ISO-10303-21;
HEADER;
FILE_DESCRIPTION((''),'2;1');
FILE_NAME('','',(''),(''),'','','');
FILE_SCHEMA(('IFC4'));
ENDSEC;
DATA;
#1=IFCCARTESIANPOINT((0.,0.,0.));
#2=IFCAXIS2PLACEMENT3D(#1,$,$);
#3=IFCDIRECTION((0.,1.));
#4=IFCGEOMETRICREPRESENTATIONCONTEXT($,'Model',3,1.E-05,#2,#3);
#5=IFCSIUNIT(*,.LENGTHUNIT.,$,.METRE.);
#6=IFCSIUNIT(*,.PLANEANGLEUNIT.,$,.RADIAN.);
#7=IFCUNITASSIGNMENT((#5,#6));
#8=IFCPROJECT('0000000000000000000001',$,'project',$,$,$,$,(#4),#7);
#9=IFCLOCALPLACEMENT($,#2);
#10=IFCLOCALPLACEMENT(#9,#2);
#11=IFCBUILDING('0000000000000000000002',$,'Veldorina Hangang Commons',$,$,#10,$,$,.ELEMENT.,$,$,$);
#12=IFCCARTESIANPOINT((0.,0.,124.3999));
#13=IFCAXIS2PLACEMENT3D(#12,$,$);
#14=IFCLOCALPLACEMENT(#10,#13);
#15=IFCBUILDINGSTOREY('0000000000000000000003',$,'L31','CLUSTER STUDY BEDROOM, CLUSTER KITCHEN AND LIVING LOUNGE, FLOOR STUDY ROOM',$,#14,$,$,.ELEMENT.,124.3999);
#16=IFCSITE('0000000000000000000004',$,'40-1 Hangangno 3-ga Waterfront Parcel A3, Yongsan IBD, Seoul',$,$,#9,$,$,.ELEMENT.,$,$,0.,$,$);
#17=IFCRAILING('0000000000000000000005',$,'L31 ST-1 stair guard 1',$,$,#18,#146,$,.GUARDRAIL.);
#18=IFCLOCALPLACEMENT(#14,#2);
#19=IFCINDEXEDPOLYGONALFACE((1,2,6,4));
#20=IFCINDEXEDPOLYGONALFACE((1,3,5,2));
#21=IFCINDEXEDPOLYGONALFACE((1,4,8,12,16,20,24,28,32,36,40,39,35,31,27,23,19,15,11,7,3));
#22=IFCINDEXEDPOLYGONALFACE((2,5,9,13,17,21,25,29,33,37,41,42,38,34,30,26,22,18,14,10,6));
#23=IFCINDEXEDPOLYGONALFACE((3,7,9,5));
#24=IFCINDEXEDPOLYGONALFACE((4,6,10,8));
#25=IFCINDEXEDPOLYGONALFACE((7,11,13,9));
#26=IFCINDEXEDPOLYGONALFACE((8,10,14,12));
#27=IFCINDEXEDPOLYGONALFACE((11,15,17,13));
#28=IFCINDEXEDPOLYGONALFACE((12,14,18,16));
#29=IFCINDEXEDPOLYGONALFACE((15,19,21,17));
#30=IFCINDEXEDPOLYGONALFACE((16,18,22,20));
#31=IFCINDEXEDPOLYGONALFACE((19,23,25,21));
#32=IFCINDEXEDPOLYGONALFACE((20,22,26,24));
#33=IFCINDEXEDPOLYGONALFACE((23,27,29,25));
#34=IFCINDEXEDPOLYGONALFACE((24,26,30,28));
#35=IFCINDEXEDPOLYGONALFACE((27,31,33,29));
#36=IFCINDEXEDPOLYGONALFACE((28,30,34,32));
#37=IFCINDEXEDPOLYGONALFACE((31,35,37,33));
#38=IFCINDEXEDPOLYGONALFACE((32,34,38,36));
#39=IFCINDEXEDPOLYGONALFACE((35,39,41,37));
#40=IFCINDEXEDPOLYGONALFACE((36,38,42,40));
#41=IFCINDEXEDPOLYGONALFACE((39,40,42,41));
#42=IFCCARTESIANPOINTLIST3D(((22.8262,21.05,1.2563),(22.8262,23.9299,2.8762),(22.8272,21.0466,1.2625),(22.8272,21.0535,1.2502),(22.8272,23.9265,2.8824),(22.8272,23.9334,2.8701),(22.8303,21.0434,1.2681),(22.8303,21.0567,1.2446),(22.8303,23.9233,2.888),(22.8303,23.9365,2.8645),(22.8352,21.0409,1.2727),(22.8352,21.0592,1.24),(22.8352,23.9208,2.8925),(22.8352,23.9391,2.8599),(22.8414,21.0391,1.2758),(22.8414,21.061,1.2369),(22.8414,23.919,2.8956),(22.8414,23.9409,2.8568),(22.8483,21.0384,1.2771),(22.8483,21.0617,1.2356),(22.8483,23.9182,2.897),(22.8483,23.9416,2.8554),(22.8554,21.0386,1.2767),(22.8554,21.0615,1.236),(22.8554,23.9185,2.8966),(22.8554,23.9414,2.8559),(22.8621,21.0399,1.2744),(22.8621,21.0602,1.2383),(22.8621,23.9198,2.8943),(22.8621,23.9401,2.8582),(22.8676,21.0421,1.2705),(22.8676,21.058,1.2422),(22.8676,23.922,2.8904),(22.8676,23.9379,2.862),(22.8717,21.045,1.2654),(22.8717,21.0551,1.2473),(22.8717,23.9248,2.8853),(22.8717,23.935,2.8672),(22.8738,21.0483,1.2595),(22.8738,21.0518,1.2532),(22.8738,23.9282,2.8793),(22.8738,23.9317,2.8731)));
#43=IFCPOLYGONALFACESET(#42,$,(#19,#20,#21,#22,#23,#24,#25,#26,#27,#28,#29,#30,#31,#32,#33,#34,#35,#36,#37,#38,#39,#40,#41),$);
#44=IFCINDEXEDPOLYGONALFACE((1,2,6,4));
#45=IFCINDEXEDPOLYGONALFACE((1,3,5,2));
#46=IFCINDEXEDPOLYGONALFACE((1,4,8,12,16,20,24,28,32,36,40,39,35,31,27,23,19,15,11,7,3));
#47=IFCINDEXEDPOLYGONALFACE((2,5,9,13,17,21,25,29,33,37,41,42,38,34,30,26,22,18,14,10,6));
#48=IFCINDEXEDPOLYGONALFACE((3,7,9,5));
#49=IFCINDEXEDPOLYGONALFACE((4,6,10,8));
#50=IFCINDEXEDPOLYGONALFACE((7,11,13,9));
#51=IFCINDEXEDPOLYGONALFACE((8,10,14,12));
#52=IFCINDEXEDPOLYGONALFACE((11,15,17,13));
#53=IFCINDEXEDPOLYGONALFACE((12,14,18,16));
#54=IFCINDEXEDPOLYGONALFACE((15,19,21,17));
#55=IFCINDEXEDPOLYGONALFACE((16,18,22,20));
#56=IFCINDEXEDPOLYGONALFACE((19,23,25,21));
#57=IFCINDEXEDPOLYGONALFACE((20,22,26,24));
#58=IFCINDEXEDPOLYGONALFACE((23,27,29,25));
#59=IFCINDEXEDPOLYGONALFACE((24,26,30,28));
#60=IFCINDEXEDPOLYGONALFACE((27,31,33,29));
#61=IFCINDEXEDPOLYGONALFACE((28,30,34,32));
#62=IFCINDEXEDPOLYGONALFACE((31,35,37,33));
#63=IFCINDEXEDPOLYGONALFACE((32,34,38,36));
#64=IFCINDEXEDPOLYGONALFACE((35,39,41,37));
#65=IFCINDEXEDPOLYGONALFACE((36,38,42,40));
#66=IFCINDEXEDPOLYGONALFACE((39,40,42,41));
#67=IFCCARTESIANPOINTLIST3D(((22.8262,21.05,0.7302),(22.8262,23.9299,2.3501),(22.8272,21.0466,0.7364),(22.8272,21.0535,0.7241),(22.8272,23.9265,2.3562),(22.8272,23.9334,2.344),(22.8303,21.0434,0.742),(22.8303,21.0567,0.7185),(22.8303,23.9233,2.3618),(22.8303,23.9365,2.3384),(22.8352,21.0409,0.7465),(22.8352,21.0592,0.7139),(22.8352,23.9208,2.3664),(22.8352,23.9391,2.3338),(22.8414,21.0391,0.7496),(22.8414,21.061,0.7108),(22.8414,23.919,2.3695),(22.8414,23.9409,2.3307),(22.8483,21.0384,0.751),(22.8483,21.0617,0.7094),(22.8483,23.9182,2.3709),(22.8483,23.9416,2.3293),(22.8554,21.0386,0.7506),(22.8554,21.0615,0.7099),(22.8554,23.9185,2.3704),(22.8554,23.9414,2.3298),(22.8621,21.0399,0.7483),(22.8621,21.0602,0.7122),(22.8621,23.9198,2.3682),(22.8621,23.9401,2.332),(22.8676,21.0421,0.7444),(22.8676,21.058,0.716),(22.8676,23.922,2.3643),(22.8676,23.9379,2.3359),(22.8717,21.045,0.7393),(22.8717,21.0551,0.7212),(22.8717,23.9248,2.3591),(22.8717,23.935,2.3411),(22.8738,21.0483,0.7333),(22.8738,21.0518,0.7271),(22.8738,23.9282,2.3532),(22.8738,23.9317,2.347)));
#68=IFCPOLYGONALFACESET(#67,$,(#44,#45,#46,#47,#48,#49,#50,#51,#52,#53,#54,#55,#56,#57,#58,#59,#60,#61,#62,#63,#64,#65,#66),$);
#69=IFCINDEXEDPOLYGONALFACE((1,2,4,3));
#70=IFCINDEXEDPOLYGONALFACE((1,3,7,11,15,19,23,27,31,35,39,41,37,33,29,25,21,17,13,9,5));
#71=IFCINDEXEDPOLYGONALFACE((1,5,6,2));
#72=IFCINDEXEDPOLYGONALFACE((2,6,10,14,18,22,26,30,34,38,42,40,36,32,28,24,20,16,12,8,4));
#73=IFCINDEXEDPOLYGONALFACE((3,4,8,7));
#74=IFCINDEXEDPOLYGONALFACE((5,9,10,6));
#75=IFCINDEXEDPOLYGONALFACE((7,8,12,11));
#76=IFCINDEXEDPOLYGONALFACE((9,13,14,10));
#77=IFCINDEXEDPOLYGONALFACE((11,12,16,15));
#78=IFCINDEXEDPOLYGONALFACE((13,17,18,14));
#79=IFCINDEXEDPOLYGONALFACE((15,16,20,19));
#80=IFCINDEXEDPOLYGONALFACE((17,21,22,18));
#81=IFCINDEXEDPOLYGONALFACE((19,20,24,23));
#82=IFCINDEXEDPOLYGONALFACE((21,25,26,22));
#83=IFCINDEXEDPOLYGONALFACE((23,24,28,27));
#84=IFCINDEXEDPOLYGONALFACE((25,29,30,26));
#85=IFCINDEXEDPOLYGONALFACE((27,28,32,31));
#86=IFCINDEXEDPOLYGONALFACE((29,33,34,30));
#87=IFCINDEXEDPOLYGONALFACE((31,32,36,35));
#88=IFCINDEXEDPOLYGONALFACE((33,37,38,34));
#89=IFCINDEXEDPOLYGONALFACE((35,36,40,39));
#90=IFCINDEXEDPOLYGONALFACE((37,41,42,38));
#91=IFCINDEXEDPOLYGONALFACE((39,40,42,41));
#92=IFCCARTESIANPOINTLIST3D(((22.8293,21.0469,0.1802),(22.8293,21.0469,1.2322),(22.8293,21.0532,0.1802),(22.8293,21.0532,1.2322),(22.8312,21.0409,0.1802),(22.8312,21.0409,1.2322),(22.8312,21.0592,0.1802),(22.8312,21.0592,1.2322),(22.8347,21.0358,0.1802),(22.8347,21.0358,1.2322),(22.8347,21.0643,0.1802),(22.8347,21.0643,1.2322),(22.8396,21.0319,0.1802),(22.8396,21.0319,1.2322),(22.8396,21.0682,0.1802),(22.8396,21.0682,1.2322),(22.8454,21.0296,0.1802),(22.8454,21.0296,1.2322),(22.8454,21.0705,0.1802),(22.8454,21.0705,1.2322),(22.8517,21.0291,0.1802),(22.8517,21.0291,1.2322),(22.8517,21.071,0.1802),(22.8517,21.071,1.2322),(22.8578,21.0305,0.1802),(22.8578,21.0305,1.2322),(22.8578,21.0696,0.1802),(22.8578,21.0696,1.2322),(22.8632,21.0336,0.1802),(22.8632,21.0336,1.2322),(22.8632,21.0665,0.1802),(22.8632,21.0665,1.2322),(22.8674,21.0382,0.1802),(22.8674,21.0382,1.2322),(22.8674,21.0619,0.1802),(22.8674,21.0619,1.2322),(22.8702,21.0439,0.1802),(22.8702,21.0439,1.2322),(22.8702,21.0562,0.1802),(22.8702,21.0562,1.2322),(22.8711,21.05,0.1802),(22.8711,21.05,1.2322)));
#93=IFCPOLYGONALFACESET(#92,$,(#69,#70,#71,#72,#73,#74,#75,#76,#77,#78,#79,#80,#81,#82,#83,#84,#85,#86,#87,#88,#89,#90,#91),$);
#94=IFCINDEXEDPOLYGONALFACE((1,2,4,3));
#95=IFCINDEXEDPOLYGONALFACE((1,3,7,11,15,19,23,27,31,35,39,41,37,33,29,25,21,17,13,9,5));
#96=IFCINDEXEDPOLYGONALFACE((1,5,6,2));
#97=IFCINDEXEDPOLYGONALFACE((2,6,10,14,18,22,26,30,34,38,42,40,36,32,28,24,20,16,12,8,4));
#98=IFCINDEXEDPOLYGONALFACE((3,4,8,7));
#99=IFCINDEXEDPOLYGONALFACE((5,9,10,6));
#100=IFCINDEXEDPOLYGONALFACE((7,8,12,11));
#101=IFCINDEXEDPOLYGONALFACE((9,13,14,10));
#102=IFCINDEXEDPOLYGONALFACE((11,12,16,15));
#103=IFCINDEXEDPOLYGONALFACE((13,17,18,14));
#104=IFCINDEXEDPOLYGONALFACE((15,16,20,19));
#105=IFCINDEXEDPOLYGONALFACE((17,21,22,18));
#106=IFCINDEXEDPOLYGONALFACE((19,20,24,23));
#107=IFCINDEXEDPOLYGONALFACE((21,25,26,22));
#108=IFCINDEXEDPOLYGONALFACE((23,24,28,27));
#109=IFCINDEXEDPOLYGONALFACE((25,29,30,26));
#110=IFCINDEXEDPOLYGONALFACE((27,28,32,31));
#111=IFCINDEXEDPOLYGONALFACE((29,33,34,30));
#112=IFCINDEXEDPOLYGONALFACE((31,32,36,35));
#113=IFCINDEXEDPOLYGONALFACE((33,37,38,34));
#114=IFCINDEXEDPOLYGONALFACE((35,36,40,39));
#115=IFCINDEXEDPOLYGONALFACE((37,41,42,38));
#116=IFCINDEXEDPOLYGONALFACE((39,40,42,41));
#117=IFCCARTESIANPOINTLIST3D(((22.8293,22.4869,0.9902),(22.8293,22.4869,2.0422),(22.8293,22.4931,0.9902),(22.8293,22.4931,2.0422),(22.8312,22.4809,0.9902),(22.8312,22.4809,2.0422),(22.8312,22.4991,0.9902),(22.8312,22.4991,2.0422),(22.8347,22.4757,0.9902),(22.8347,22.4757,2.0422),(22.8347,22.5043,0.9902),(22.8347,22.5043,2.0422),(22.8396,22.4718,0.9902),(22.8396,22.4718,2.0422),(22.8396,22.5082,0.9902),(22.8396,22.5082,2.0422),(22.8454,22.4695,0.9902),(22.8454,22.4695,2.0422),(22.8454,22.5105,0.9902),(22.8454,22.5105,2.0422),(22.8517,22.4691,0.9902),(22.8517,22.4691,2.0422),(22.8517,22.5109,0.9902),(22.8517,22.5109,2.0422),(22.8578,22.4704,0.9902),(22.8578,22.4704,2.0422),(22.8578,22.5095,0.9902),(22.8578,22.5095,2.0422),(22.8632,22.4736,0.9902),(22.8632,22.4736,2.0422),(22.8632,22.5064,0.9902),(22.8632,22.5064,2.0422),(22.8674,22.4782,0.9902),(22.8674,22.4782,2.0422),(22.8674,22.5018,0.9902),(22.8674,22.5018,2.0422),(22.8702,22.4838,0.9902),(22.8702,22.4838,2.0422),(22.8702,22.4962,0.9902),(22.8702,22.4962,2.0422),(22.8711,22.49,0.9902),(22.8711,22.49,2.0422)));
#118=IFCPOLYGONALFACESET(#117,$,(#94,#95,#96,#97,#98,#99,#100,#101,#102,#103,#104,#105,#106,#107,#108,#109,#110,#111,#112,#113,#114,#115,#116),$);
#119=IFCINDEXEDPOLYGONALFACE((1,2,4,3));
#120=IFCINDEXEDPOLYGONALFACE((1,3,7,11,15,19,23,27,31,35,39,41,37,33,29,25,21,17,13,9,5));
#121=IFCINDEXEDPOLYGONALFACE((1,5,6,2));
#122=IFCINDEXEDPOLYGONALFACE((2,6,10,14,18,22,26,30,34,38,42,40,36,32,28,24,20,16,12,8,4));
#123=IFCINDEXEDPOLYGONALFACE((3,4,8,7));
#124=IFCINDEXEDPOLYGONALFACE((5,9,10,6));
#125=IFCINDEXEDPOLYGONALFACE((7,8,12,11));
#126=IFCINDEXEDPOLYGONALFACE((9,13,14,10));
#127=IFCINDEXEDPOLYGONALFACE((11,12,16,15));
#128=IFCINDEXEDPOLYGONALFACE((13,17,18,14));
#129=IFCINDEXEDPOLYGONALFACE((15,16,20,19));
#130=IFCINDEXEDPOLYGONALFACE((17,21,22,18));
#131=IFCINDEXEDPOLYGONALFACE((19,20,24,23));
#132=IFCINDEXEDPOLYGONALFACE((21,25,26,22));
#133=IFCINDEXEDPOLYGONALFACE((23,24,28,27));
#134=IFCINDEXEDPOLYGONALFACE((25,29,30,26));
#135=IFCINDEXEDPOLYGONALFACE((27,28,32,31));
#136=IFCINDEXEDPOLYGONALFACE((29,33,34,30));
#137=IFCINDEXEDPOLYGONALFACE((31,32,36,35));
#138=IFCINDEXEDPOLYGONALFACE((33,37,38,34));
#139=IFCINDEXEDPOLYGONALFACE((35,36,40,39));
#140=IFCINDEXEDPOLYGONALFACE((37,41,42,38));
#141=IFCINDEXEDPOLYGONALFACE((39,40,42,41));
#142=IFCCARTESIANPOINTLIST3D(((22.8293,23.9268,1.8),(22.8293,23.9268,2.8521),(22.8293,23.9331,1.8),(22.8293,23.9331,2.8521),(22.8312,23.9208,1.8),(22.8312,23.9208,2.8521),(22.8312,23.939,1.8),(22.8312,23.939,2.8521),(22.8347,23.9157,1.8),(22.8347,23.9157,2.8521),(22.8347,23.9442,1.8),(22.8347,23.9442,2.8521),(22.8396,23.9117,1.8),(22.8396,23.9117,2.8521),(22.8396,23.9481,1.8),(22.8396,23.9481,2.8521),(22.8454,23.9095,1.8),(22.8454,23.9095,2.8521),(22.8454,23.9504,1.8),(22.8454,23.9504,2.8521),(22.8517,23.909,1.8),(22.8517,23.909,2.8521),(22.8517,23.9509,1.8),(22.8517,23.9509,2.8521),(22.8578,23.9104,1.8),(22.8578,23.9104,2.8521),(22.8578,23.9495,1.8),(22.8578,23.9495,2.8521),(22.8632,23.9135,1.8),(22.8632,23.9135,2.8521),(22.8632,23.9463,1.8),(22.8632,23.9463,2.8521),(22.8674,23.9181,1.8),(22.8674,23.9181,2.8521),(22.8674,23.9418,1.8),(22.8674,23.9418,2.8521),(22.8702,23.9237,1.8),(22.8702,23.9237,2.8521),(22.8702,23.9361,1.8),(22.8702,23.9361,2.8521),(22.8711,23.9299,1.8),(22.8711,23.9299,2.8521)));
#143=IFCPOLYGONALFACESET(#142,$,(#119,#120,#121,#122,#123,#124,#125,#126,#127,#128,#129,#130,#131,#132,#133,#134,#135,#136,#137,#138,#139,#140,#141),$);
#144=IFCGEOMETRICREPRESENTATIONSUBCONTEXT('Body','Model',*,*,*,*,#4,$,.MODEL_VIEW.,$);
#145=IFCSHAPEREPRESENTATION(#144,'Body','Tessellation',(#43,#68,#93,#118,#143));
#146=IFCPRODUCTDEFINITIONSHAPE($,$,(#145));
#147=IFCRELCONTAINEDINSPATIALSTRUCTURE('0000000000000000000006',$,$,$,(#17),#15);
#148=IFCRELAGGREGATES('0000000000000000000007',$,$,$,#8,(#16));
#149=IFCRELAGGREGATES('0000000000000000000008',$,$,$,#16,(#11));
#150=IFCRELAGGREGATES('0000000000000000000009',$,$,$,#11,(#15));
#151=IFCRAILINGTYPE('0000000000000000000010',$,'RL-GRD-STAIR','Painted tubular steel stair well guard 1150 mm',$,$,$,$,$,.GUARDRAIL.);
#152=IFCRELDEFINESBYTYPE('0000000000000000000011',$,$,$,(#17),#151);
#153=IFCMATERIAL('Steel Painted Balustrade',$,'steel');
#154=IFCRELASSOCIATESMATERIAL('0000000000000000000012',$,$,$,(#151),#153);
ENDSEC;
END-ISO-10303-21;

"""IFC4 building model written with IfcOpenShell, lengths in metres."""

from ifc_helpers import new_model, si_unit, direction, frame, origin, origin_2d, place, context, subcontext, project, spatial, circle, extrude, material, type_object, element, save


model = new_model("IFC4")

# Units and contexts
model_context = context("Model", 3, precision=1e-05, world=origin(), true_north=direction((0.0, 1.0)))
body_context = subcontext(model_context, "Body", "Model", "MODEL_VIEW")
ifc_project = project(units=[si_unit("LENGTHUNIT", "METRE"), si_unit("PLANEANGLEUNIT", "RADIAN")], contexts=[model_context])

# Site, building, storey
site_placement = place(None, origin())
site = spatial("IfcSite", under=ifc_project, at=site_placement, Name="40-1 Hangangno 3-ga Waterfront Parcel A3, Yongsan IBD, Seoul", CompositionType="ELEMENT", RefElevation=0.0)
building_placement = place(site_placement, origin())
building = spatial("IfcBuilding", under=site, at=building_placement, Name="Veldorina Hangang Commons", CompositionType="ELEMENT")
storey_placement = place(building_placement, frame((0.0, 0.0, 124.3999)))
storey = spatial("IfcBuildingStorey", under=building, at=storey_placement, Name="L31", Description="CLUSTER STUDY BEDROOM, CLUSTER KITCHEN AND LIVING LOUNGE, FLOOR STUDY ROOM", CompositionType="ELEMENT", Elevation=124.3999)

# Railing
ifc_material_1 = material(Name="Steel Painted Balustrade", Category="steel")
railing_type_1 = type_object("IfcRailingType", Name="RL-GRD-STAIR", Description="Painted tubular steel stair well guard 1150 mm", PredefinedType="GUARDRAIL", material=ifc_material_1)
railing_1_placement = place(storey_placement, frame((22.8501, 21.05, 0.1802)))
element("IfcRailing", 1, at=railing_1_placement, inside=storey, type_object=railing_type_1, Name="L31 ST-1 stair guard 1", PredefinedType="GUARDRAIL", context=body_context, shape_type="SweptSolid", body=[
    extrude(circle(Radius=0.0239, at=origin_2d()), frame((0.0, 0.0, 1.0762), z_axis=(0.0, 0.871583, 0.490247), x_axis=(-1.0, 0.0, 0.0)), (0.0, 0.0, 1.0), 3.3042),
    extrude(circle(Radius=0.0239, at=origin_2d()), frame((0.0, 0.0, 0.55), z_axis=(0.0, 0.871583, 0.490247), x_axis=(-1.0, 0.0, 0.0)), (0.0, 0.0, 1.0), 3.3042),
    extrude(circle(Radius=0.021, at=origin_2d()), origin(), (0.0, 0.0, 1.0), 1.052),
    extrude(circle(Radius=0.021, at=origin_2d()), frame((0.0, 1.4399, 0.8101)), (0.0, 0.0, 1.0), 1.052),
    extrude(circle(Radius=0.021, at=origin_2d()), frame((0.0, 2.8799, 1.6199)), (0.0, 0.0, 1.0), 1.052),
])

save(model, "model.ifc")
